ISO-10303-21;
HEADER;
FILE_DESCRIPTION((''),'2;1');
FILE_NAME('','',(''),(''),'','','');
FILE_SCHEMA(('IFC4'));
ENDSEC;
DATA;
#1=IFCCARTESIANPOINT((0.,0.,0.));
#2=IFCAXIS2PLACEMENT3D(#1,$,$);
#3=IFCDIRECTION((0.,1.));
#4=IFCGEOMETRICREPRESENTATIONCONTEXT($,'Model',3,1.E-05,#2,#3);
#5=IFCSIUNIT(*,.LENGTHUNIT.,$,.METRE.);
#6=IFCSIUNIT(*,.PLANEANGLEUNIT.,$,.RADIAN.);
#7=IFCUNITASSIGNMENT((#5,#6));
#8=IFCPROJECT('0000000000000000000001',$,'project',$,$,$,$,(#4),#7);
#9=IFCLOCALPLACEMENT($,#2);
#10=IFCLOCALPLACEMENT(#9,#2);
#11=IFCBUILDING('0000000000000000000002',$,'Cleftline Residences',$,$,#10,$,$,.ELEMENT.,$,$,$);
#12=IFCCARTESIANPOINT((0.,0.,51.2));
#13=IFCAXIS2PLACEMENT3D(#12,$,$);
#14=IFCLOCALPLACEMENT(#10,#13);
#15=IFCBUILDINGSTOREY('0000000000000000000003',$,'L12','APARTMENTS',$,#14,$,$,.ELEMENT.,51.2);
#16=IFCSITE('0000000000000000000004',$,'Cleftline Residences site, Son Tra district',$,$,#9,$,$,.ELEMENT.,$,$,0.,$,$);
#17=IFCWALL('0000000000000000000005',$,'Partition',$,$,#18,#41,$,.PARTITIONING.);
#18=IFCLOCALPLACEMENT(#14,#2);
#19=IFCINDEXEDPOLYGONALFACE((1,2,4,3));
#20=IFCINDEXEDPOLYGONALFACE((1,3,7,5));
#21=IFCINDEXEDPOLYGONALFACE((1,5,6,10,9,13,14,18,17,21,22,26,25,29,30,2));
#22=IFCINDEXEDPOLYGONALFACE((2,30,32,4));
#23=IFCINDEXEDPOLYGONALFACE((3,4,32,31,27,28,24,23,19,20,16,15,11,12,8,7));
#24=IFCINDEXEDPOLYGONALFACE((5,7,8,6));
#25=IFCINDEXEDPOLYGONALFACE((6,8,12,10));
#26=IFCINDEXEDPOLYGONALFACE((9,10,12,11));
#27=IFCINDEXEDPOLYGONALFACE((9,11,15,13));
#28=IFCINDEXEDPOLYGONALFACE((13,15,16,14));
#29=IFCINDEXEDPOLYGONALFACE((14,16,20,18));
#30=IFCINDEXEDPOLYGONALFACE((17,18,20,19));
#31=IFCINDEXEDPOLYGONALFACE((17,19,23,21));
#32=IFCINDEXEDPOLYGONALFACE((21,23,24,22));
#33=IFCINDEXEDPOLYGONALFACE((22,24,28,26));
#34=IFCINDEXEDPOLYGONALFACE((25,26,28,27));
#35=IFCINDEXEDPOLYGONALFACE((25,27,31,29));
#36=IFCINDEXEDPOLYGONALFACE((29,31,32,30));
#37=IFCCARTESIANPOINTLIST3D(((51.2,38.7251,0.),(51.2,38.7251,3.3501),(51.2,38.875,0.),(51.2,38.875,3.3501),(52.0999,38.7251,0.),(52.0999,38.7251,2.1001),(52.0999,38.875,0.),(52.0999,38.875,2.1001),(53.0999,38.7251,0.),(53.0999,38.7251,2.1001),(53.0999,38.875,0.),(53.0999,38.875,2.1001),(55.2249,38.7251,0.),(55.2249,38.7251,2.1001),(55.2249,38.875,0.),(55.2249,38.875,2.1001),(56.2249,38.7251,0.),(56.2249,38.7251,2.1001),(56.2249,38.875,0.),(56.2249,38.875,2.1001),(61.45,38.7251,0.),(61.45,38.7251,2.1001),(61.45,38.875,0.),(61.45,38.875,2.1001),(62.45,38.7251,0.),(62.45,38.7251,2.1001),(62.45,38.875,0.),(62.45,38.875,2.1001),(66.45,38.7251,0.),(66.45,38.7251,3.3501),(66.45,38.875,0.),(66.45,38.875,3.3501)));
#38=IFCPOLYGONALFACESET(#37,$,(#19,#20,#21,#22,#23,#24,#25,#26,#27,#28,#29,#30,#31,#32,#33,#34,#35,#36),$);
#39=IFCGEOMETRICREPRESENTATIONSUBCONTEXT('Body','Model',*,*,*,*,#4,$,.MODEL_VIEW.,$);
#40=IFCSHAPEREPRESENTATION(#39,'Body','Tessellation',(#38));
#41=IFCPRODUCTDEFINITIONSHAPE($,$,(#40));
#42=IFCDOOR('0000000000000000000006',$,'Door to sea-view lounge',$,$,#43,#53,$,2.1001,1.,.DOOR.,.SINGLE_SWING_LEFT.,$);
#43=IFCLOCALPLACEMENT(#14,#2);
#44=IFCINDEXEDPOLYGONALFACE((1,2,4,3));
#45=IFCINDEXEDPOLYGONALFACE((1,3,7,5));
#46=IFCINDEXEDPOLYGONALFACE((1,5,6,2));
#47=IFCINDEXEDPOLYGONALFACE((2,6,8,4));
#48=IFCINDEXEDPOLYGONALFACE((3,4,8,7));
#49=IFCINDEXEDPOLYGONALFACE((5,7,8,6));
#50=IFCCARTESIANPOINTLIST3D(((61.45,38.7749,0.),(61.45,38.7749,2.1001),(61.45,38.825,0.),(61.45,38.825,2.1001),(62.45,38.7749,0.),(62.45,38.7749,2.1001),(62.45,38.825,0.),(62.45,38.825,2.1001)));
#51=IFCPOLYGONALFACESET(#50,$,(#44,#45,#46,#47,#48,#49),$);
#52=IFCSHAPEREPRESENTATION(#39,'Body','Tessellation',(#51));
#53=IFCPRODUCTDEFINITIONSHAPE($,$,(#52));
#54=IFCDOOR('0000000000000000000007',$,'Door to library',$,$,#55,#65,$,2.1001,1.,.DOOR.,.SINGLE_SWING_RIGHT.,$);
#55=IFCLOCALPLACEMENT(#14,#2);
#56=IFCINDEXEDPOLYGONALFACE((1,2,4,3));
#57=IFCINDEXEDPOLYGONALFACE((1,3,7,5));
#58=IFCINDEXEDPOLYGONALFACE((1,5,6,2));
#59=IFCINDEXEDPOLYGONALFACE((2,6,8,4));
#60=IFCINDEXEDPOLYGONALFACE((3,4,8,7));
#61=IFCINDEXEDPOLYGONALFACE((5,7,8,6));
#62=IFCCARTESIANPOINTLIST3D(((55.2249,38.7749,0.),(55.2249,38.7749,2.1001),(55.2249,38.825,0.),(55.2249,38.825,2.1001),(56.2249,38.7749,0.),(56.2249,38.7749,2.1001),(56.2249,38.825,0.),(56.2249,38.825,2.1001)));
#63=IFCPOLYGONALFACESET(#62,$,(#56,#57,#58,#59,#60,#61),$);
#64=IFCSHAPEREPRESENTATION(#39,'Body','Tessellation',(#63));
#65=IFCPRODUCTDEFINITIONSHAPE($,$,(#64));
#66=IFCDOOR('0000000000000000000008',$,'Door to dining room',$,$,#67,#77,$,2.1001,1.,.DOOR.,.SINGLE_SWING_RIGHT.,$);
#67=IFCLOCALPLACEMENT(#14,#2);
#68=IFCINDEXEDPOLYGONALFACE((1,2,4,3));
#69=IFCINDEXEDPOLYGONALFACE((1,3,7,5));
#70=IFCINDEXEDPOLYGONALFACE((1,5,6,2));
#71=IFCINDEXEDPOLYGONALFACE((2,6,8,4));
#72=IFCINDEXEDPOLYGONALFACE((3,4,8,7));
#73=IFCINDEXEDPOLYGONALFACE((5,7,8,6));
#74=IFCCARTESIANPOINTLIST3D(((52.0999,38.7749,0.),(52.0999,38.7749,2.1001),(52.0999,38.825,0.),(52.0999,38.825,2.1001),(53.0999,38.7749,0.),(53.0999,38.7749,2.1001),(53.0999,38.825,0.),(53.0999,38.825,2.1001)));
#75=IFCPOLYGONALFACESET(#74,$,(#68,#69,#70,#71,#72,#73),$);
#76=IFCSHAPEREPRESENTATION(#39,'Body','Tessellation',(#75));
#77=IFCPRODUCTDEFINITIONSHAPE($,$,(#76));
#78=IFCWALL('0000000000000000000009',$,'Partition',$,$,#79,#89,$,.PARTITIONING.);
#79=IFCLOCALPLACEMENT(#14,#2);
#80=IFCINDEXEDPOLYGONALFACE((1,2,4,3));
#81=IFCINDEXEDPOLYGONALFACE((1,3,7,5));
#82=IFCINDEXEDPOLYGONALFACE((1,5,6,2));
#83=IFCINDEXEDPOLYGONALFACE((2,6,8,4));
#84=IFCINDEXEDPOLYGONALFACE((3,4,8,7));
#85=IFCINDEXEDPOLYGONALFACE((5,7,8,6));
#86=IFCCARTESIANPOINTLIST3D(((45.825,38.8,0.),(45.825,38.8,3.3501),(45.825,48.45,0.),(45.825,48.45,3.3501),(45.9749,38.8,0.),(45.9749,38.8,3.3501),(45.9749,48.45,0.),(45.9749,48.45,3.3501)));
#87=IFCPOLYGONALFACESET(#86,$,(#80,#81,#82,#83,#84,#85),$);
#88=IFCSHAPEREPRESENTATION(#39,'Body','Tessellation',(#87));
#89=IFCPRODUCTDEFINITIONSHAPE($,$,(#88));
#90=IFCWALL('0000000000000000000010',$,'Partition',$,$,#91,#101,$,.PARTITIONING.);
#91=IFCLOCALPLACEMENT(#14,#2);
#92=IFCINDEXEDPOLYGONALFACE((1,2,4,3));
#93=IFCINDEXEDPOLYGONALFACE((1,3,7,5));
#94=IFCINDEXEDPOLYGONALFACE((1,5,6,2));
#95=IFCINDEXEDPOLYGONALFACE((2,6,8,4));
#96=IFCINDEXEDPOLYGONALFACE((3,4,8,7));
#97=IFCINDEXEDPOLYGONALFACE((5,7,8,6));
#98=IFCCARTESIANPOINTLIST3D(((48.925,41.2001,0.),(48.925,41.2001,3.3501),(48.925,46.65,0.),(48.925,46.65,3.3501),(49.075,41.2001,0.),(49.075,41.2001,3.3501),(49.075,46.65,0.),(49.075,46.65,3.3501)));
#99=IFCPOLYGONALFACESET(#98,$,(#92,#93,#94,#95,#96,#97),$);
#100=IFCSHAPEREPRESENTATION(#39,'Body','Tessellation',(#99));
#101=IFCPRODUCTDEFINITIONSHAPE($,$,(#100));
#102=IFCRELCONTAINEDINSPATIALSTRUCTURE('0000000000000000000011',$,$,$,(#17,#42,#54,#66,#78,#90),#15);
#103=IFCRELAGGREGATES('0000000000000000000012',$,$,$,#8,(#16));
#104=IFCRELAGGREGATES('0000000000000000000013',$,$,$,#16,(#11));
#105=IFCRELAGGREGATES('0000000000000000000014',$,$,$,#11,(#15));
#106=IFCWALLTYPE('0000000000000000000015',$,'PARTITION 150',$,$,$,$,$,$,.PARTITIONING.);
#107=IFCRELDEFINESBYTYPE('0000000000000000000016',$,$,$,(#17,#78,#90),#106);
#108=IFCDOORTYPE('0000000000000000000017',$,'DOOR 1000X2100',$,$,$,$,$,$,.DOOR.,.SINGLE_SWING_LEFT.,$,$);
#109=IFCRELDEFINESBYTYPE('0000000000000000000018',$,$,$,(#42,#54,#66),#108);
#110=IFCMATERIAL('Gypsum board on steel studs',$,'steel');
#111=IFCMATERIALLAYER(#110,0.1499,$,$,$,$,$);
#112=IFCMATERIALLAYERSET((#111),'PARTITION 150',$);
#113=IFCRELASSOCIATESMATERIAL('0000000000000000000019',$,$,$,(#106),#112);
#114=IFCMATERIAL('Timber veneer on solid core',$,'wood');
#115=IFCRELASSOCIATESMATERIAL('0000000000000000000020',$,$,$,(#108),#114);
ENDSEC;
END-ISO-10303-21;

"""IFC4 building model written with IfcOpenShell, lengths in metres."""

from ifc_helpers import new_model, si_unit, direction, frame, frame_2d, origin, place, context, subcontext, project, spatial, rectangle, extrude, material, layer, layer_set, type_object, element, fill, save


model = new_model("IFC4")

# Units and contexts
model_context = context("Model", 3, precision=1e-05, world=origin(), true_north=direction((0.0, 1.0)))
body_context = subcontext(model_context, "Body", "Model", "MODEL_VIEW")
ifc_project = project(units=[si_unit("LENGTHUNIT", "METRE"), si_unit("PLANEANGLEUNIT", "RADIAN")], contexts=[model_context])

# Site, building, storey
site_placement = place(None, origin())
site = spatial("IfcSite", under=ifc_project, at=site_placement, Name="Cleftline Residences site, Son Tra district", CompositionType="ELEMENT", RefElevation=0.0)
building_placement = place(site_placement, origin())
building = spatial("IfcBuilding", under=site, at=building_placement, Name="Cleftline Residences", CompositionType="ELEMENT")
storey_placement = place(building_placement, frame((0.0, 0.0, 51.2)))
storey = spatial("IfcBuildingStorey", under=building, at=storey_placement, Name="L12", Description="APARTMENTS", CompositionType="ELEMENT", Elevation=51.2)

# Shared definitions
ifc_material_1 = material(Name="Gypsum board on steel studs", Category="steel")
ifc_layer_1 = layer(ifc_material_1, 0.1499)
ifc_layer_set_1 = layer_set([ifc_layer_1], Name="PARTITION 150")
wall_type = type_object("IfcWallType", Name="PARTITION 150", PredefinedType="PARTITIONING", material=ifc_layer_set_1)

# Wall, openings, doors
ifc_material_2 = material(Name="Timber veneer on solid core", Category="wood")
door_type = type_object("IfcDoorType", Name="DOOR 1000X2100", OperationType="SINGLE_SWING_LEFT", PredefinedType="DOOR", material=ifc_material_2)
wall_1_placement = place(storey_placement, frame((51.2, 38.8, 0.0), z_axis=(0.0, 0.0, 1.0), x_axis=(1.0, 0.0, 0.0)))
wall_1 = element("IfcWall", 1, at=wall_1_placement, inside=storey, type_object=wall_type, Name="Partition", PredefinedType="PARTITIONING", context=body_context, shape_type="SweptSolid", body=[
    extrude(rectangle(XDim=15.25, YDim=0.1499, at=frame_2d((7.625, 0.0))), origin(), (0.0, 0.0, 1.0), 3.3501),
])
opening_1_placement = place(wall_1_placement, frame((10.25, 0.0, 0.0)))
opening_1 = element("IfcOpeningElement", 2, at=opening_1_placement, cuts=wall_1, PredefinedType="OPENING", context=body_context, shape_type="SweptSolid", body=[
    extrude(rectangle(XDim=1.0, YDim=2.1001, at=frame_2d((0.5, 1.05))), frame((0.0, 0.085, 0.0), z_axis=(0.0, -1.0, 0.0), x_axis=(1.0, 0.0, 0.0)), (0.0, 0.0, 1.0), 0.1699),
])
opening_2_placement = place(wall_1_placement, frame((4.0249, 0.0, 0.0)))
opening_2 = element("IfcOpeningElement", 3, at=opening_2_placement, cuts=wall_1, PredefinedType="OPENING", context=body_context, shape_type="SweptSolid", body=[
    extrude(rectangle(XDim=1.0, YDim=2.1001, at=frame_2d((0.5, 1.05))), frame((0.0, 0.085, 0.0), z_axis=(0.0, -1.0, 0.0), x_axis=(1.0, 0.0, 0.0)), (0.0, 0.0, 1.0), 0.1699),
])
opening_3_placement = place(wall_1_placement, frame((0.8999, 0.0, 0.0)))
opening_3 = element("IfcOpeningElement", 4, at=opening_3_placement, cuts=wall_1, PredefinedType="OPENING", context=body_context, shape_type="SweptSolid", body=[
    extrude(rectangle(XDim=1.0, YDim=2.1001, at=frame_2d((0.5, 1.05))), frame((0.0, 0.085, 0.0), z_axis=(0.0, -1.0, 0.0), x_axis=(1.0, 0.0, 0.0)), (0.0, 0.0, 1.0), 0.1699),
])
door_1_placement = place(opening_1_placement, origin())
door_1 = element("IfcDoor", 5, at=door_1_placement, inside=storey, type_object=door_type, Name="Door to sea-view lounge", OperationType="SINGLE_SWING_LEFT", OverallHeight=2.1001, OverallWidth=1.0, PredefinedType="DOOR", context=body_context, shape_type="SweptSolid", body=[
    extrude(rectangle(XDim=1.0, YDim=2.1001, at=frame_2d((0.5, 1.05))), frame((0.0, 0.0249, 0.0), z_axis=(0.0, -1.0, 0.0), x_axis=(1.0, 0.0, 0.0)), (0.0, 0.0, 1.0), 0.05),
])
fill(opening_1, door_1)
door_2_placement = place(opening_2_placement, origin())
door_2 = element("IfcDoor", 6, at=door_2_placement, inside=storey, type_object=door_type, Name="Door to library", OperationType="SINGLE_SWING_RIGHT", OverallHeight=2.1001, OverallWidth=1.0, PredefinedType="DOOR", context=body_context, shape_type="SweptSolid", body=[
    extrude(rectangle(XDim=1.0, YDim=2.1001, at=frame_2d((0.5, 1.05))), frame((0.0, 0.0249, 0.0), z_axis=(0.0, -1.0, 0.0), x_axis=(1.0, 0.0, 0.0)), (0.0, 0.0, 1.0), 0.05),
])
fill(opening_2, door_2)
door_3_placement = place(opening_3_placement, origin())
door_3 = element("IfcDoor", 7, at=door_3_placement, inside=storey, type_object=door_type, Name="Door to dining room", OperationType="SINGLE_SWING_RIGHT", OverallHeight=2.1001, OverallWidth=1.0, PredefinedType="DOOR", context=body_context, shape_type="SweptSolid", body=[
    extrude(rectangle(XDim=1.0, YDim=2.1001, at=frame_2d((0.5, 1.05))), frame((0.0, 0.0249, 0.0), z_axis=(0.0, -1.0, 0.0), x_axis=(1.0, 0.0, 0.0)), (0.0, 0.0, 1.0), 0.05),
])
fill(opening_3, door_3)

# Walls
wall_2_placement = place(storey_placement, frame((45.8999, 38.8, 0.0), z_axis=(0.0, 0.0, 1.0), x_axis=(0.0, 1.0, 0.0)))
element("IfcWall", 8, at=wall_2_placement, inside=storey, type_object=wall_type, Name="Partition", PredefinedType="PARTITIONING", context=body_context, shape_type="SweptSolid", body=[
    extrude(rectangle(XDim=9.6499, YDim=0.1499, at=frame_2d((4.825, 0.0))), origin(), (0.0, 0.0, 1.0), 3.3501),
])
wall_3_placement = place(storey_placement, frame((49.0, 41.2, 0.0), z_axis=(0.0, 0.0, 1.0), x_axis=(0.0, 1.0, 0.0)))
element("IfcWall", 9, at=wall_3_placement, inside=storey, type_object=wall_type, Name="Partition", PredefinedType="PARTITIONING", context=body_context, shape_type="SweptSolid", body=[
    extrude(rectangle(XDim=5.45, YDim=0.1499, at=frame_2d((2.7251, 0.0))), origin(), (0.0, 0.0, 1.0), 3.3501),
])

save(model, "model.ifc")
